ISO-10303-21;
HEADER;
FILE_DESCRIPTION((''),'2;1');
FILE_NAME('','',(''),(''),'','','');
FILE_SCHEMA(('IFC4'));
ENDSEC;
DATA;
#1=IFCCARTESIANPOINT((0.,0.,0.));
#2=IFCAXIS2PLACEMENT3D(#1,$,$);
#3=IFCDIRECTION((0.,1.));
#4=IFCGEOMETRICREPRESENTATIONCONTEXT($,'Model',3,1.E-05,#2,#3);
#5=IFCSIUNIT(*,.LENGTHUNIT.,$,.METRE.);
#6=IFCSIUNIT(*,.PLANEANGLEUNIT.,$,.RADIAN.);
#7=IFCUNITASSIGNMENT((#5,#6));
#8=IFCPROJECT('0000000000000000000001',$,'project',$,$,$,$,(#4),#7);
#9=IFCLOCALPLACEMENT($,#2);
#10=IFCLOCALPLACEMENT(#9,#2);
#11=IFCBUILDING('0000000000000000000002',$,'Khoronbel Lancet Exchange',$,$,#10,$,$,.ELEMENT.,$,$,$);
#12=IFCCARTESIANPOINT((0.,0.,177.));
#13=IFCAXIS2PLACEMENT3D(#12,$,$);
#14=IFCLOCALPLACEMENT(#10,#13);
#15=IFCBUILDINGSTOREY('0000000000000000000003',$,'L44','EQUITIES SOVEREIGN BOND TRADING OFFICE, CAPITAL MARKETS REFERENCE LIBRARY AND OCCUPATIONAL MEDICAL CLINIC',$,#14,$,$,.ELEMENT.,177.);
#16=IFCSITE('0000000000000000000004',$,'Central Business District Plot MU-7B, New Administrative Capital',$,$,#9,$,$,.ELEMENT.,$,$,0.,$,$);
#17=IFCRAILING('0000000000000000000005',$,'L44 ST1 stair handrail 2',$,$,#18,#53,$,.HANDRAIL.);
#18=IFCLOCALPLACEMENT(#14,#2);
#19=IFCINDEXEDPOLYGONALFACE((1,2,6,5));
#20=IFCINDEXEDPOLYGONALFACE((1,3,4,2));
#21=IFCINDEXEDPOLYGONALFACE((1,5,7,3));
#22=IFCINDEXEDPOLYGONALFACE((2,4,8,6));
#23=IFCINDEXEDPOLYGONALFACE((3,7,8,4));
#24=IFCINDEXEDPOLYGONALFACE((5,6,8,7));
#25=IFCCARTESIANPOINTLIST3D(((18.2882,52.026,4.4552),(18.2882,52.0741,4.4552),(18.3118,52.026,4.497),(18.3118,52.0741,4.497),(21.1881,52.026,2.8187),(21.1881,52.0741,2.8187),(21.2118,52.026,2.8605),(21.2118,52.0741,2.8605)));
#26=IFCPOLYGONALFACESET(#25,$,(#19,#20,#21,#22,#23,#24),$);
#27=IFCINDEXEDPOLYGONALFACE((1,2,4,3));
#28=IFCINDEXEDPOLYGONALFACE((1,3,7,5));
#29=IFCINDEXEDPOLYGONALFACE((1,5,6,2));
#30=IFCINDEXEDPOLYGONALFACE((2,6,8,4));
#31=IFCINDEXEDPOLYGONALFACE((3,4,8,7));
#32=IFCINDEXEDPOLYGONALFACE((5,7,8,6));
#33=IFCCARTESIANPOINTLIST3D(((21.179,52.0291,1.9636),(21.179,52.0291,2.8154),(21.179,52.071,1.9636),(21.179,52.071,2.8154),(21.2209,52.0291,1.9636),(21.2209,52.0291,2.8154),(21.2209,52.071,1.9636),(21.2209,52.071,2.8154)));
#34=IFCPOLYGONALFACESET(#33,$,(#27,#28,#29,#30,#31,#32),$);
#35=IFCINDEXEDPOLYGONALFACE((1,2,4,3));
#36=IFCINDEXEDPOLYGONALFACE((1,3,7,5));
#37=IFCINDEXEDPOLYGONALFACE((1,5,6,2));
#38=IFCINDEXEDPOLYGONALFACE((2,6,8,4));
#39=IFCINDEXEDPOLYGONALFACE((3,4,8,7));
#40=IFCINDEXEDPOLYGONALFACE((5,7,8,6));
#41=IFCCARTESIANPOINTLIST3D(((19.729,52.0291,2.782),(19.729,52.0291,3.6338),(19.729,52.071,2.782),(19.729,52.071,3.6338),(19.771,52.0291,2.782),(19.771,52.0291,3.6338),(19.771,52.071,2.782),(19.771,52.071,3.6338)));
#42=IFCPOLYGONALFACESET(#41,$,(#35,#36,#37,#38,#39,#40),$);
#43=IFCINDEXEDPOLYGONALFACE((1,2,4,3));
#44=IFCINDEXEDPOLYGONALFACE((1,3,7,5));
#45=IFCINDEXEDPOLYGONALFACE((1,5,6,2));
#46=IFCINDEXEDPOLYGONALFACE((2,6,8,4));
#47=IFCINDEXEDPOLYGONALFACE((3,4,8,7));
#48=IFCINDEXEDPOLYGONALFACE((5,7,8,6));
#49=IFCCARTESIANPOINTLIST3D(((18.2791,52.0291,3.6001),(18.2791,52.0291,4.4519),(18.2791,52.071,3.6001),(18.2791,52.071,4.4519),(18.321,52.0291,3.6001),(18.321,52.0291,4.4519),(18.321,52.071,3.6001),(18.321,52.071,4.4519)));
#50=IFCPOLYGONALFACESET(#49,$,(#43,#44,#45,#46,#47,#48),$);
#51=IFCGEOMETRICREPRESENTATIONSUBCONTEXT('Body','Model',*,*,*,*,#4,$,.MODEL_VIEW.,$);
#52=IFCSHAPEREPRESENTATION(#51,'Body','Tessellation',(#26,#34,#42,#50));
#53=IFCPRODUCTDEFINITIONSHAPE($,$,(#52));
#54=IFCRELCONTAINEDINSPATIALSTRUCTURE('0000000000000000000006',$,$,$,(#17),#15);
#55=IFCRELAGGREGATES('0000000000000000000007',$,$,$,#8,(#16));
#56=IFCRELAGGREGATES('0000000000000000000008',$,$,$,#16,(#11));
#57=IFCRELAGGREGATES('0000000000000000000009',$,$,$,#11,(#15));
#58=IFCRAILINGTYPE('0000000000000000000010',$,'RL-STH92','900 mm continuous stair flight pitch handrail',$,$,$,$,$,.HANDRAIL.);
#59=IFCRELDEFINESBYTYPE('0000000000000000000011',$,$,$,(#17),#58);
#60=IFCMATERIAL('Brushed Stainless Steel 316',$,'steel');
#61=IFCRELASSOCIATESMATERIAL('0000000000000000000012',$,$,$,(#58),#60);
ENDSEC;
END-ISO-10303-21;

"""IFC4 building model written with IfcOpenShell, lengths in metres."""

from ifc_helpers import new_model, si_unit, direction, frame, origin, origin_2d, place, context, subcontext, project, spatial, rectangle, extrude, material, type_object, element, save


model = new_model("IFC4")

# Units and contexts
model_context = context("Model", 3, precision=1e-05, world=origin(), true_north=direction((0.0, 1.0)))
body_context = subcontext(model_context, "Body", "Model", "MODEL_VIEW")
ifc_project = project(units=[si_unit("LENGTHUNIT", "METRE"), si_unit("PLANEANGLEUNIT", "RADIAN")], contexts=[model_context])

# Site, building, storey
site_placement = place(None, origin())
site = spatial("IfcSite", under=ifc_project, at=site_placement, Name="Central Business District Plot MU-7B, New Administrative Capital", CompositionType="ELEMENT", RefElevation=0.0)
building_placement = place(site_placement, origin())
building = spatial("IfcBuilding", under=site, at=building_placement, Name="Khoronbel Lancet Exchange", CompositionType="ELEMENT")
storey_placement = place(building_placement, frame((0.0, 0.0, 177.0)))
storey = spatial("IfcBuildingStorey", under=building, at=storey_placement, Name="L44", Description="EQUITIES SOVEREIGN BOND TRADING OFFICE, CAPITAL MARKETS REFERENCE LIBRARY AND OCCUPATIONAL MEDICAL CLINIC", CompositionType="ELEMENT", Elevation=177.0)

# Railing
ifc_material_1 = material(Name="Brushed Stainless Steel 316", Category="steel")
railing_type_1 = type_object("IfcRailingType", Name="RL-STH92", Description="900 mm continuous stair flight pitch handrail", PredefinedType="HANDRAIL", material=ifc_material_1)
railing_1_placement = place(storey_placement, frame((21.2, 52.05, 1.9636)))
element("IfcRailing", 1, at=railing_1_placement, inside=storey, type_object=railing_type_1, Name="L44 ST1 stair handrail 2", PredefinedType="HANDRAIL", context=body_context, shape_type="SweptSolid", body=[
    extrude(rectangle(XDim=0.0481, YDim=0.0481, at=origin_2d()), frame((0.0, 0.0, 0.876), z_axis=(-0.870897, 0.0, 0.491465), x_axis=(0.0, -1.0, 0.0)), (0.0, 0.0, 1.0), 3.3298),
    extrude(rectangle(XDim=0.042, YDim=0.042, at=origin_2d()), origin(), (0.0, 0.0, 1.0), 0.8518),
    extrude(rectangle(XDim=0.042, YDim=0.042, at=origin_2d()), frame((-1.45, 0.0, 0.8184)), (0.0, 0.0, 1.0), 0.8518),
    extrude(rectangle(XDim=0.042, YDim=0.042, at=origin_2d()), frame((-2.8999, 0.0, 1.6365)), (0.0, 0.0, 1.0), 0.8518),
])

save(model, "model.ifc")
